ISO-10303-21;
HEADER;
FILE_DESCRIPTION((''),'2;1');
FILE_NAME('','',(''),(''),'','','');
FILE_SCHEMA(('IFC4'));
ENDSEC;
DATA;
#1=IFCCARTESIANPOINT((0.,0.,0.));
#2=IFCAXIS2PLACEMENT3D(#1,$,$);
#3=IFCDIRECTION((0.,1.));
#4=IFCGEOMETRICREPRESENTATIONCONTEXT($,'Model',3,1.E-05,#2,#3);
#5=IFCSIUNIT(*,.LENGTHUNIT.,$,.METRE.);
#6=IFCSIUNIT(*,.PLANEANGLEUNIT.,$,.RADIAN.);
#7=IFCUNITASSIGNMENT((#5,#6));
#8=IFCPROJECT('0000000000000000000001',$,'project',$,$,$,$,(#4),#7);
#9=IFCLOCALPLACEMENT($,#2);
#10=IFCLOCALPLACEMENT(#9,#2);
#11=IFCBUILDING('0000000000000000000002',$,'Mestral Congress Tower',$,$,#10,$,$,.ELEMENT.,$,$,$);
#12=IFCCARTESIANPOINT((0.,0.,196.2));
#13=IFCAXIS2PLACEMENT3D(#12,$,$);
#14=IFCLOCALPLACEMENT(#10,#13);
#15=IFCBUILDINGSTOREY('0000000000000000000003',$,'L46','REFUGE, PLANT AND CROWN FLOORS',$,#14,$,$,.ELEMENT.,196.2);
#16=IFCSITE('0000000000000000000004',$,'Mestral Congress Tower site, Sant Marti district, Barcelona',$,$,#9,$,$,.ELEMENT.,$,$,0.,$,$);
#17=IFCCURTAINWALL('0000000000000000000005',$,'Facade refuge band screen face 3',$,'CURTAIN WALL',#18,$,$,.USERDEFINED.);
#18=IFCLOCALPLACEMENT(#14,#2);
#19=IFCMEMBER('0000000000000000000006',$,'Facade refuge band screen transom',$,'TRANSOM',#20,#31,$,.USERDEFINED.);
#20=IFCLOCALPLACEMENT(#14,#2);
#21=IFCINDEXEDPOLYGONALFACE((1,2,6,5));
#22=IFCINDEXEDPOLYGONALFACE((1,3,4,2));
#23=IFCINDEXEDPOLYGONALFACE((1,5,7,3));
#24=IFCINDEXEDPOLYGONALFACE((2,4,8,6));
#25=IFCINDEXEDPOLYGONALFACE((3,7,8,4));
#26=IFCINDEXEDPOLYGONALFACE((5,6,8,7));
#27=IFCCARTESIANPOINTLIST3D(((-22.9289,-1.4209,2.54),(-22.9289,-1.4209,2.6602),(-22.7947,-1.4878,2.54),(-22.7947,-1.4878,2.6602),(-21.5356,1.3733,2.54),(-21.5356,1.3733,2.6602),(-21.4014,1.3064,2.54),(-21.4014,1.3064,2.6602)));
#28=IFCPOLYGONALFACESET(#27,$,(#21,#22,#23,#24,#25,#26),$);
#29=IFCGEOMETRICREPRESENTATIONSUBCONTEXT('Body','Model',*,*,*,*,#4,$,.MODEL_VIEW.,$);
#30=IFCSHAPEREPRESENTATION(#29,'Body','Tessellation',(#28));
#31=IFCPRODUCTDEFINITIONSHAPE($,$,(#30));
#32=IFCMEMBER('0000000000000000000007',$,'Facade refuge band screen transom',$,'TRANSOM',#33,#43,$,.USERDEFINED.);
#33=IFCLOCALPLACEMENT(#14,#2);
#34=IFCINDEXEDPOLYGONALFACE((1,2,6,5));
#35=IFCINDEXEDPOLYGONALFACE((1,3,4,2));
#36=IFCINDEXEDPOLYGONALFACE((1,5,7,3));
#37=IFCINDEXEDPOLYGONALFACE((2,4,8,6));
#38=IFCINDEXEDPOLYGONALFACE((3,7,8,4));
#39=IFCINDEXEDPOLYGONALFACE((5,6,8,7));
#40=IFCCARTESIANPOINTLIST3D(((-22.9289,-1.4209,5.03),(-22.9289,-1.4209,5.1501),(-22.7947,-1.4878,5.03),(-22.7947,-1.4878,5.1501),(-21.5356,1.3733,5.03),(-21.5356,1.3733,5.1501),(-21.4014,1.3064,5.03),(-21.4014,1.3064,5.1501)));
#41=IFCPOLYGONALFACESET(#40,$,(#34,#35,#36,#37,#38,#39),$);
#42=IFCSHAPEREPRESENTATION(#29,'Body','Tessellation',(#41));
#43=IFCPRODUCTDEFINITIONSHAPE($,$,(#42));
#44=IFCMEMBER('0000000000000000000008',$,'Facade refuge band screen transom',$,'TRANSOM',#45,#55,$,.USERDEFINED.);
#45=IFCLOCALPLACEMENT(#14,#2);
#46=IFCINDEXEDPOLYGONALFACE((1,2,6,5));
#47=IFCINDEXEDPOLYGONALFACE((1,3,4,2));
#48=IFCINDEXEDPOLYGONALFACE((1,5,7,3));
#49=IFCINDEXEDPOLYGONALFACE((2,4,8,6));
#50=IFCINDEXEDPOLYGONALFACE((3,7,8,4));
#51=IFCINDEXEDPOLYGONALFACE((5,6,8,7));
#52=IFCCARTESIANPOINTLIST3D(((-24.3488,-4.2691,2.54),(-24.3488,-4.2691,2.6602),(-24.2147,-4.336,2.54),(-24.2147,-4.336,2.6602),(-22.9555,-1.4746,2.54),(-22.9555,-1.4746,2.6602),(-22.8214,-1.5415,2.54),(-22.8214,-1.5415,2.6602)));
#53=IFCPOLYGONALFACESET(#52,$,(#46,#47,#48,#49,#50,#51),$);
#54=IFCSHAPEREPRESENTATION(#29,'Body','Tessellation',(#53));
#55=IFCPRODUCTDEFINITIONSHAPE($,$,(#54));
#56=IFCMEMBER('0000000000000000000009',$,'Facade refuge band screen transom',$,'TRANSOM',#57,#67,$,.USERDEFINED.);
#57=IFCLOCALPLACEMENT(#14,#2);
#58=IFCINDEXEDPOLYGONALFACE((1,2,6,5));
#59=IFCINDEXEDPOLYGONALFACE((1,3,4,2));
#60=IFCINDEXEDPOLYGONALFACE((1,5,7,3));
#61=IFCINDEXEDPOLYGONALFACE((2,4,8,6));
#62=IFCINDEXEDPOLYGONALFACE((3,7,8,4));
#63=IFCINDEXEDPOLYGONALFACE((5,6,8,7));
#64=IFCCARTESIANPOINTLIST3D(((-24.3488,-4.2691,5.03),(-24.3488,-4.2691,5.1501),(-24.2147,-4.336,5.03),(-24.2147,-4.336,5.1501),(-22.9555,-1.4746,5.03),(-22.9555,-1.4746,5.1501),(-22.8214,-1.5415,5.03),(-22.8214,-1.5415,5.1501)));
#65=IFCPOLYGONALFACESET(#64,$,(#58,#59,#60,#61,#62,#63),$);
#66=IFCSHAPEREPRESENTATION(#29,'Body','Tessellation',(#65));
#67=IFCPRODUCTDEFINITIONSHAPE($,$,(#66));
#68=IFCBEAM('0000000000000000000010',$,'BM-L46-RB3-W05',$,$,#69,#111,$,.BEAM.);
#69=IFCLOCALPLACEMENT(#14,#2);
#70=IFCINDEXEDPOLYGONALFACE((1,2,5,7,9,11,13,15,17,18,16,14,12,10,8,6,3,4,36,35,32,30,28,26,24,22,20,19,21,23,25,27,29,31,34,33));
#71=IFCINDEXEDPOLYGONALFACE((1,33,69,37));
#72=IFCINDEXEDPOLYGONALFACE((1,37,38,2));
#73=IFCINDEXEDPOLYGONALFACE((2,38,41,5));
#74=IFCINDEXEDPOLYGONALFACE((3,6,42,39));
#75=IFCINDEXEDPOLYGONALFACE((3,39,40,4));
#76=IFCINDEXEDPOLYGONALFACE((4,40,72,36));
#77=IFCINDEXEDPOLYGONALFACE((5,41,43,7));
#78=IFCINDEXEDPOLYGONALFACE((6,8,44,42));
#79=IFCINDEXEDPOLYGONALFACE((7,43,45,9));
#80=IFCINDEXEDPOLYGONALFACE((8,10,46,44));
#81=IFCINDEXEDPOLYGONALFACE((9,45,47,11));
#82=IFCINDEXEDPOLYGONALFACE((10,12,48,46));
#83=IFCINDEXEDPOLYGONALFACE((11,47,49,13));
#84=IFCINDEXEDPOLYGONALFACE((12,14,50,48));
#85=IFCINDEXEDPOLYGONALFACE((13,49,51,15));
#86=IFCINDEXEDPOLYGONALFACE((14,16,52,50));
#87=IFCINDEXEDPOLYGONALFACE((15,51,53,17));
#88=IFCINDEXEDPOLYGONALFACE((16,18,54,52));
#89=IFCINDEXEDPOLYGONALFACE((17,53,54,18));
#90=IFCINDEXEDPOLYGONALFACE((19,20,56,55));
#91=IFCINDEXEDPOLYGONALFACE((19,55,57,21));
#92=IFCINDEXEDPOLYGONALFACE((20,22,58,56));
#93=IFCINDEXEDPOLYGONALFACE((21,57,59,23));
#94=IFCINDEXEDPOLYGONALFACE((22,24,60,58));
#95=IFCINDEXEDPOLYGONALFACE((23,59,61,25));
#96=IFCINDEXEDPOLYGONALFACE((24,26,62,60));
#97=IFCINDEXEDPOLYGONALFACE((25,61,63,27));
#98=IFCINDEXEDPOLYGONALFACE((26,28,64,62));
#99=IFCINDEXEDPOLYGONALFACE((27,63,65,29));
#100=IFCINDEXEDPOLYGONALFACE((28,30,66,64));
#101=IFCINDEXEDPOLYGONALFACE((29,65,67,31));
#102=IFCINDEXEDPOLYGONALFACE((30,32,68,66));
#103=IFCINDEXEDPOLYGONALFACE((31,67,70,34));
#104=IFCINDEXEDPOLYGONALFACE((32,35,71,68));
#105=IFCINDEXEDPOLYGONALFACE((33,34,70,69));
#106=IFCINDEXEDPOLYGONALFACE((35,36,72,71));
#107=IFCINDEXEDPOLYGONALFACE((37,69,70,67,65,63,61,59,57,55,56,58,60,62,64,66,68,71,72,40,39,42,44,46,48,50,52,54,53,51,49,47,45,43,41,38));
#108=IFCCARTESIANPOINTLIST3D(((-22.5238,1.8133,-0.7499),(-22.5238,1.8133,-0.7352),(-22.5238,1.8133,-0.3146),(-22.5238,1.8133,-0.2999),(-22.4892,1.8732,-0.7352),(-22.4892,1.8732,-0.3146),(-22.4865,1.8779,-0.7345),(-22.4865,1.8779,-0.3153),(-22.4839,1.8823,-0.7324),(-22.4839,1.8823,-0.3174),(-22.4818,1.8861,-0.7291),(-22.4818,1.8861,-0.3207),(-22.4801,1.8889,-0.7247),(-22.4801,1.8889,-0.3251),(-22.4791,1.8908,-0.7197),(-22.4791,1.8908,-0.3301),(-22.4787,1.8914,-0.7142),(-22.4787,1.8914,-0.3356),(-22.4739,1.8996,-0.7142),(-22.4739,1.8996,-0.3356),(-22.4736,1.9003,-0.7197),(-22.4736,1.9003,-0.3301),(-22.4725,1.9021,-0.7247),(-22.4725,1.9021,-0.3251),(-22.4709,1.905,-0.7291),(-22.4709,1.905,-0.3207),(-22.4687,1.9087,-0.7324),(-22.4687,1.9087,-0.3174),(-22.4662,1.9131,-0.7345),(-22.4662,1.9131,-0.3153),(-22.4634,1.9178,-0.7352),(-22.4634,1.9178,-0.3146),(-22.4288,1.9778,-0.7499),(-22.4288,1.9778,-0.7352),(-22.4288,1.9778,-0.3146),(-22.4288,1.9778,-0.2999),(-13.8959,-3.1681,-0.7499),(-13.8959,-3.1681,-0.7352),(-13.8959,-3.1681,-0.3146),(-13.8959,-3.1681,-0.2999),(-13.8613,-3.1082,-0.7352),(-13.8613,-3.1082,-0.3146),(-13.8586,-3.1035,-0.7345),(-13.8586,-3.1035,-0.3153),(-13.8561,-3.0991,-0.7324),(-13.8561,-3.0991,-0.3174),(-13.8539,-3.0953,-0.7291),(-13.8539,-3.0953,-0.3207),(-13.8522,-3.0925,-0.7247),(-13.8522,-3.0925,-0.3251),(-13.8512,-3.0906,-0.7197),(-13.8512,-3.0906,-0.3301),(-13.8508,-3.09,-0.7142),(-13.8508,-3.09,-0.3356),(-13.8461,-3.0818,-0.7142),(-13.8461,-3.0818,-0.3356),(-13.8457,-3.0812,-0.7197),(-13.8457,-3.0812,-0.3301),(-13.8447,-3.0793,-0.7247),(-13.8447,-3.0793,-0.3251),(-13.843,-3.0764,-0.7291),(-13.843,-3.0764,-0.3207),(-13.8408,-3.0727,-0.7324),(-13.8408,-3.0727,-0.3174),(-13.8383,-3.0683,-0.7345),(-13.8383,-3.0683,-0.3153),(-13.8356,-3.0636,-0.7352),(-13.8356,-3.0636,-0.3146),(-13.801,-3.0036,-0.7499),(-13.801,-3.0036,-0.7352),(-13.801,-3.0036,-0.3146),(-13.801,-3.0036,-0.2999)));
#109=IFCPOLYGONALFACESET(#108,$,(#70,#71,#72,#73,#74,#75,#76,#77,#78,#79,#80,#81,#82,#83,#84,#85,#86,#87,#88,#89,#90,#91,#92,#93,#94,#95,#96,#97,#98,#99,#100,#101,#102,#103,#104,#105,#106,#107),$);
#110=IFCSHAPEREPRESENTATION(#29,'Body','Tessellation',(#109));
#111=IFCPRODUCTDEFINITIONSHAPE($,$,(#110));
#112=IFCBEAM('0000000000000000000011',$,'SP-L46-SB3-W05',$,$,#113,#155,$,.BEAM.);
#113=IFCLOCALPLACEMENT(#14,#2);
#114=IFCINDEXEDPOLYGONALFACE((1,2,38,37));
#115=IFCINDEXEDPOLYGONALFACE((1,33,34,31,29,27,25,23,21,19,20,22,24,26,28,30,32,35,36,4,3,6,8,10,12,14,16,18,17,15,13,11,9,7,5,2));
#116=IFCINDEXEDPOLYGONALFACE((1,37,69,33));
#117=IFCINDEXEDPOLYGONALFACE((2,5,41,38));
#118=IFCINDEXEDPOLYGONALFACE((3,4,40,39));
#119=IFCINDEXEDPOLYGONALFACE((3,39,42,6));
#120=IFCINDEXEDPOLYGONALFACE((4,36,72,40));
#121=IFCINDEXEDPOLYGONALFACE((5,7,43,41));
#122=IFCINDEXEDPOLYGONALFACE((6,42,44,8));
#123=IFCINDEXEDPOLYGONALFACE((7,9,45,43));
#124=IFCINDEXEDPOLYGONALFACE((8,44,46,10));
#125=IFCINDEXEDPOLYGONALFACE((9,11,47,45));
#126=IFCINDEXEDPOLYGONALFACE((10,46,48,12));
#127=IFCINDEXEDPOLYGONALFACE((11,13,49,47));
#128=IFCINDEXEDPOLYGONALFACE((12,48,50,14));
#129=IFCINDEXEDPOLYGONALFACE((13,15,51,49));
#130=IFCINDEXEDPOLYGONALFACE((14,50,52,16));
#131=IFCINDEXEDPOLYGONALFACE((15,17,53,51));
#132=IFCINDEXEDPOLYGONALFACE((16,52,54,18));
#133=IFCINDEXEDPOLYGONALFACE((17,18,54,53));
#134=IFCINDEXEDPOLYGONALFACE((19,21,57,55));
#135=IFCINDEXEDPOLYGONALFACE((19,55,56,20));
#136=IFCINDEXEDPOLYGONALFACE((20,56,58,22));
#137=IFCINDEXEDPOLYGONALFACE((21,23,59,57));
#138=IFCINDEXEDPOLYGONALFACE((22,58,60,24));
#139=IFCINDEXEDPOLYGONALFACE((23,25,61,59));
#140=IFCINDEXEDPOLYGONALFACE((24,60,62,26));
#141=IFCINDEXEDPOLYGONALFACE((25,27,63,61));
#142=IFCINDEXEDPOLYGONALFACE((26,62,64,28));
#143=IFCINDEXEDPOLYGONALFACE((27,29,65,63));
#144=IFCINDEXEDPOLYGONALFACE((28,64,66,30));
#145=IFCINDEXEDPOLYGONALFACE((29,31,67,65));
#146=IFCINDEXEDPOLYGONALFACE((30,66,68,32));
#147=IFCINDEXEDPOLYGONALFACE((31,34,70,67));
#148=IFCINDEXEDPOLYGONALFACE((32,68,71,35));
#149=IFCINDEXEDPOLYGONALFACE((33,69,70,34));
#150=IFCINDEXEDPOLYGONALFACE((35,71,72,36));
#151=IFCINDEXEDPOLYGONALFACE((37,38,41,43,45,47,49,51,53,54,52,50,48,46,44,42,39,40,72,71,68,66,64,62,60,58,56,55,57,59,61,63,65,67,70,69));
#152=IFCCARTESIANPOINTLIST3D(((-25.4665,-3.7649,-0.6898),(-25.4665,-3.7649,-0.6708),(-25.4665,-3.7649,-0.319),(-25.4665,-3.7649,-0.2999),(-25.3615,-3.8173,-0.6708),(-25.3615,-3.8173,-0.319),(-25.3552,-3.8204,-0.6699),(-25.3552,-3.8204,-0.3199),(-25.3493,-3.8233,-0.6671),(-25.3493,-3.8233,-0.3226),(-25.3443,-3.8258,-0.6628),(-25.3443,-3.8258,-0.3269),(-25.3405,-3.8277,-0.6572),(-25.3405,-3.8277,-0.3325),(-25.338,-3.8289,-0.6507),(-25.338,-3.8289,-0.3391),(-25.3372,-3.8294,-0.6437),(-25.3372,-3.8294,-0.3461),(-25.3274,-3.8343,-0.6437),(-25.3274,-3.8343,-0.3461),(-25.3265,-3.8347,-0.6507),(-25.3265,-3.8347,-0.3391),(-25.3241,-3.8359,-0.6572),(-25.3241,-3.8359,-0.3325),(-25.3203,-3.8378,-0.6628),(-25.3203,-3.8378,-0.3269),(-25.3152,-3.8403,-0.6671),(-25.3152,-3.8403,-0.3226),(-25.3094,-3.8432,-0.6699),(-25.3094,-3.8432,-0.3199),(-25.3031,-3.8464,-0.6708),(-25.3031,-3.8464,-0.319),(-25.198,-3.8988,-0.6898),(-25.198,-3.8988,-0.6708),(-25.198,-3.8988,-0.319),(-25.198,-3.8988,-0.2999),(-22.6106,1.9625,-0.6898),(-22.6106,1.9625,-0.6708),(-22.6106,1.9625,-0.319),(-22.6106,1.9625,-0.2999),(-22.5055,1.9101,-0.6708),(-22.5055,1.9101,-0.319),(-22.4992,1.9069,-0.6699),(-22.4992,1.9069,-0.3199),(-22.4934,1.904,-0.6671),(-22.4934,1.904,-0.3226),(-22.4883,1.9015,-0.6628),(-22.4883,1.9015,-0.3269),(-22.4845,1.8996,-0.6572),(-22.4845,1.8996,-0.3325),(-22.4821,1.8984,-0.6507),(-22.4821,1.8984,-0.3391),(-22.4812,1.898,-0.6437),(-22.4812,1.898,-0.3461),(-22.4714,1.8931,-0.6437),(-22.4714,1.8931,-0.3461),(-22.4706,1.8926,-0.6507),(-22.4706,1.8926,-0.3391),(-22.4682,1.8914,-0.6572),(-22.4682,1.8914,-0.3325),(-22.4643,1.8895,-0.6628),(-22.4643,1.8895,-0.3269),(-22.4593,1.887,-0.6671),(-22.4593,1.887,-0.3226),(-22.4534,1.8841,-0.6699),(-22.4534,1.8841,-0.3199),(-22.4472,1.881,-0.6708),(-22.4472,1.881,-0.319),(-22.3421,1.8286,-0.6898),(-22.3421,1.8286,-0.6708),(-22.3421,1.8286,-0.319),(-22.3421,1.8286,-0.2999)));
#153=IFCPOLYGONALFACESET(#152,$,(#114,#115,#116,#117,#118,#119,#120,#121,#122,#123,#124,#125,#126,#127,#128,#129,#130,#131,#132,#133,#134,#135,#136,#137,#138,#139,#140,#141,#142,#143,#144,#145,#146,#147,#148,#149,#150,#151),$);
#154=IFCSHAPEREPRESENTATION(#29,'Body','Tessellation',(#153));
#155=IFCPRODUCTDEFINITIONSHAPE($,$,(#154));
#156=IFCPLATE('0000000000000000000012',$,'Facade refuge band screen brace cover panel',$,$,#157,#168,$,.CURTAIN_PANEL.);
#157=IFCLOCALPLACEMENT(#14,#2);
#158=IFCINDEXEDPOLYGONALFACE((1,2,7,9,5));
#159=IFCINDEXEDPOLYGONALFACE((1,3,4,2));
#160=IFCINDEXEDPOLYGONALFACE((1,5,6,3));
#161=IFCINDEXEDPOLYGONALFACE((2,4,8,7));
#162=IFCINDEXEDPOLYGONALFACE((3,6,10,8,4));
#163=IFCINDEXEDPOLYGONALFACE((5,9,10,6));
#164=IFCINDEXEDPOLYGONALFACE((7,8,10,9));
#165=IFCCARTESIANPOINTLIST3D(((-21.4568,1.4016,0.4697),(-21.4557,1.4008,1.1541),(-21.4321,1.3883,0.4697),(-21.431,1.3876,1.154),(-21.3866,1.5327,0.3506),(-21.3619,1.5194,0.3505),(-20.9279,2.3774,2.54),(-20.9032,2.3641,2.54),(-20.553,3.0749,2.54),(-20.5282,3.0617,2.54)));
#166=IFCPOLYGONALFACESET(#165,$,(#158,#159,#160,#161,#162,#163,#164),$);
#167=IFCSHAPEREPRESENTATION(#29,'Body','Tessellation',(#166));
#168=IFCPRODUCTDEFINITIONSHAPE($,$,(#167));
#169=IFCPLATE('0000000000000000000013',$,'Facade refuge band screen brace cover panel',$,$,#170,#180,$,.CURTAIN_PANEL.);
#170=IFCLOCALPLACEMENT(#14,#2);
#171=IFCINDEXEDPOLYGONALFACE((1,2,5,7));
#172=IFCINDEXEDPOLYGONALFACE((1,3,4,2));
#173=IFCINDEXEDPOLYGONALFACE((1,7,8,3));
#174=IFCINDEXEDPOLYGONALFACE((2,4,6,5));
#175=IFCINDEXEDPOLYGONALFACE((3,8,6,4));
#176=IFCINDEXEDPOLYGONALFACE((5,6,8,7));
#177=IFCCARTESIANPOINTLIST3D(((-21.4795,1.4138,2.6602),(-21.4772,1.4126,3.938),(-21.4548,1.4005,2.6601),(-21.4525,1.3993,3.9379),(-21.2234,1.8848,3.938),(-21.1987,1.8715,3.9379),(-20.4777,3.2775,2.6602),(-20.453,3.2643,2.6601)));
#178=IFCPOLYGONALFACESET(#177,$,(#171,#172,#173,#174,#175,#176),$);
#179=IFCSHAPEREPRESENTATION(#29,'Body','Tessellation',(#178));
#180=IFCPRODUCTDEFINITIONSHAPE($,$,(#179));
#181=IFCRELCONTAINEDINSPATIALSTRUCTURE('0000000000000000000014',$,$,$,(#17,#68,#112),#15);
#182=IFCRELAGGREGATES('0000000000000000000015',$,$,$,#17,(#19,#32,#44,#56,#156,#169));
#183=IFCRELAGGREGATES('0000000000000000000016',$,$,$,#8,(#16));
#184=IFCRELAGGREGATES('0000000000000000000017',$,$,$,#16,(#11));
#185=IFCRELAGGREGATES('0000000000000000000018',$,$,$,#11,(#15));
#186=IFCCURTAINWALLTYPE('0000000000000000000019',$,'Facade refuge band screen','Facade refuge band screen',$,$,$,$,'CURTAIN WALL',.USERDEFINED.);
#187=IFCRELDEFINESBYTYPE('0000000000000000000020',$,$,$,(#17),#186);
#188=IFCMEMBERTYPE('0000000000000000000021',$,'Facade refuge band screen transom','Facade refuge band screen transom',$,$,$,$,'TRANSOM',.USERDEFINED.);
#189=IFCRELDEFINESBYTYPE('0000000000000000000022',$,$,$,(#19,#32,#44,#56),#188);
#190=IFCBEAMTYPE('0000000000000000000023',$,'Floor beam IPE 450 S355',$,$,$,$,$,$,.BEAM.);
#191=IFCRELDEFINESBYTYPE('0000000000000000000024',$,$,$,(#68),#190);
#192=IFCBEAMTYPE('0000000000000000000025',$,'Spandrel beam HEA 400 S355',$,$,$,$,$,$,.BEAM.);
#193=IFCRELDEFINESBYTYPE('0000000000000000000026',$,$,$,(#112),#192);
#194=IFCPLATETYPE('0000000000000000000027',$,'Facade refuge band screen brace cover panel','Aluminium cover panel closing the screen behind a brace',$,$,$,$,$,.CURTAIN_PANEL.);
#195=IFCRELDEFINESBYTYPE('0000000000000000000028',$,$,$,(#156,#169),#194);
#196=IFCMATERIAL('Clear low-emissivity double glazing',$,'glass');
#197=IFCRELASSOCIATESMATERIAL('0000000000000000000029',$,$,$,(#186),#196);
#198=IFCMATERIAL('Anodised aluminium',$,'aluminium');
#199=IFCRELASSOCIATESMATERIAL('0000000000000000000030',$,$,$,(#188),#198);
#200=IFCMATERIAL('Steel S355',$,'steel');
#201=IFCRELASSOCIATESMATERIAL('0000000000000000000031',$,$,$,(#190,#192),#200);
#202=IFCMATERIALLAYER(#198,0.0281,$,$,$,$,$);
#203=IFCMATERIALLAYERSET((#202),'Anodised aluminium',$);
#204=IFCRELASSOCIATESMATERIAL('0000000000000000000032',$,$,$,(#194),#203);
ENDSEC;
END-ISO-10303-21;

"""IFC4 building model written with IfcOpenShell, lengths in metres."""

from ifc_helpers import new_model, si_unit, direction, frame, origin, origin_2d, place, context, subcontext, project, spatial, polyline, rectangle, i_section, outline, extrude, material, layer, layer_set, material_profile, profile_set, type_object, element, aggregate, save


model = new_model("IFC4")

# Units and contexts
model_context = context("Model", 3, precision=1e-05, world=origin(), true_north=direction((0.0, 1.0)))
body_context = subcontext(model_context, "Body", "Model", "MODEL_VIEW")
ifc_project = project(units=[si_unit("LENGTHUNIT", "METRE"), si_unit("PLANEANGLEUNIT", "RADIAN")], contexts=[model_context])

# Site, building, storey
site_placement = place(None, origin())
site = spatial("IfcSite", under=ifc_project, at=site_placement, Name="Mestral Congress Tower site, Sant Marti district, Barcelona", CompositionType="ELEMENT", RefElevation=0.0)
building_placement = place(site_placement, origin())
building = spatial("IfcBuilding", under=site, at=building_placement, Name="Mestral Congress Tower", CompositionType="ELEMENT")
storey_placement = place(building_placement, frame((0.0, 0.0, 196.2)))
storey = spatial("IfcBuildingStorey", under=building, at=storey_placement, Name="L46", Description="REFUGE, PLANT AND CROWN FLOORS", CompositionType="ELEMENT", Elevation=196.2)

# Shared definitions
ifc_material_1 = material(Name="Steel S355", Category="steel")

# Curtain wall, members
ifc_material_2 = material(Name="Clear low-emissivity double glazing", Category="glass")
curtain_wall_type = type_object("IfcCurtainWallType", Name="Facade refuge band screen", Description="Facade refuge band screen", ElementType="CURTAIN WALL", PredefinedType="USERDEFINED", material=ifc_material_2)
curtain_wall_placement = place(storey_placement, origin())
curtain_wall = element("IfcCurtainWall", 1, at=curtain_wall_placement, inside=storey, type_object=curtain_wall_type, Name="Facade refuge band screen face 3", ObjectType="CURTAIN WALL", PredefinedType="USERDEFINED")
ifc_material_3 = material(Name="Anodised aluminium", Category="aluminium")
ifc_material_profile_1 = material_profile(ifc_material_3, rectangle(XDim=0.1499, YDim=0.1201, at=origin_2d()), Name="CW3 transom 150 x 120")
ifc_profile_set_1 = profile_set([ifc_material_profile_1], Name="Anodised aluminium")
member_type_1 = type_object("IfcMemberType", Name="Facade refuge band screen transom", Description="Facade refuge band screen transom", ElementType="TRANSOM", PredefinedType="USERDEFINED", material=ifc_profile_set_1)
member_1_placement = place(storey_placement, frame((-21.4685, 1.3398, 2.6001), z_axis=(-0.446244, -0.894911, 0.0), x_axis=(0.894911, -0.446244, 0.0)))
member_1 = element("IfcMember", 2, at=member_1_placement, type_object=member_type_1, Name="Facade refuge band screen transom", ObjectType="TRANSOM", PredefinedType="USERDEFINED", context=body_context, shape_type="SweptSolid", body=[
    extrude(rectangle(XDim=0.1499, YDim=0.1201, at=origin_2d()), origin(), (0.0, 0.0, 1.0), 3.1223),
])
member_2_placement = place(storey_placement, frame((-21.4685, 1.3398, 5.0901), z_axis=(-0.446244, -0.894911, 0.0), x_axis=(0.894911, -0.446244, 0.0)))
member_2 = element("IfcMember", 3, at=member_2_placement, type_object=member_type_1, Name="Facade refuge band screen transom", ObjectType="TRANSOM", PredefinedType="USERDEFINED", context=body_context, shape_type="SweptSolid", body=[
    extrude(rectangle(XDim=0.1499, YDim=0.1201, at=origin_2d()), origin(), (0.0, 0.0, 1.0), 3.1223),
])
member_3_placement = place(storey_placement, frame((-22.8884, -1.5081, 2.6001), z_axis=(-0.446213, -0.894927, 0.0), x_axis=(0.894927, -0.446213, 0.0)))
member_3 = element("IfcMember", 4, at=member_3_placement, type_object=member_type_1, Name="Facade refuge band screen transom", ObjectType="TRANSOM", PredefinedType="USERDEFINED", context=body_context, shape_type="SweptSolid", body=[
    extrude(rectangle(XDim=0.1499, YDim=0.1201, at=origin_2d()), origin(), (0.0, 0.0, 1.0), 3.1226),
])
member_4_placement = place(storey_placement, frame((-22.8884, -1.5081, 5.0901), z_axis=(-0.446213, -0.894927, 0.0), x_axis=(0.894927, -0.446213, 0.0)))
member_4 = element("IfcMember", 5, at=member_4_placement, type_object=member_type_1, Name="Facade refuge band screen transom", ObjectType="TRANSOM", PredefinedType="USERDEFINED", context=body_context, shape_type="SweptSolid", body=[
    extrude(rectangle(XDim=0.1499, YDim=0.1201, at=origin_2d()), origin(), (0.0, 0.0, 1.0), 3.1226),
])

# Beams
ifc_material_profile_2 = material_profile(ifc_material_1, i_section(OverallWidth=0.1899, OverallDepth=0.45, WebThickness=0.0095, FlangeThickness=0.0146, FilletRadius=0.021, at=origin_2d()), Name="IPE 450")
ifc_profile_set_2 = profile_set([ifc_material_profile_2], Name="Steel S355")
beam_type_1 = type_object("IfcBeamType", Name="Floor beam IPE 450 S355", PredefinedType="BEAM", material=ifc_profile_set_2)
beam_1_placement = place(storey_placement, frame((-22.4763, 1.8955, -0.5249), z_axis=(0.866021, -0.500008, 0.0), x_axis=(0.500008, 0.866021, 0.0)))
element("IfcBeam", 6, at=beam_1_placement, inside=storey, type_object=beam_type_1, Name="BM-L46-RB3-W05", PredefinedType="BEAM", context=body_context, shape_type="SweptSolid", body=[
    extrude(i_section(OverallWidth=0.1899, OverallDepth=0.45, WebThickness=0.0095, FlangeThickness=0.0146, FilletRadius=0.021, at=origin_2d()), origin(), (0.0, 0.0, 1.0), 9.9626),
])
ifc_material_profile_3 = material_profile(ifc_material_1, i_section(OverallWidth=0.3, OverallDepth=0.3899, WebThickness=0.011, FlangeThickness=0.019, FilletRadius=0.0271, at=origin_2d()), Name="HEA 400")
ifc_profile_set_3 = profile_set([ifc_material_profile_3], Name="Steel S355")
beam_type_2 = type_object("IfcBeamType", Name="Spandrel beam HEA 400 S355", PredefinedType="BEAM", material=ifc_profile_set_3)
beam_2_placement = place(storey_placement, frame((-22.4763, 1.8955, -0.4949), z_axis=(-0.446252, -0.894907, 0.0), x_axis=(0.894907, -0.446252, 0.0)))
element("IfcBeam", 7, at=beam_2_placement, inside=storey, type_object=beam_type_2, Name="SP-L46-SB3-W05", PredefinedType="BEAM", context=body_context, shape_type="SweptSolid", body=[
    extrude(i_section(OverallWidth=0.3, OverallDepth=0.3899, WebThickness=0.011, FlangeThickness=0.019, FilletRadius=0.0271, at=origin_2d()), origin(), (0.0, 0.0, 1.0), 6.3999),
])

# Plates
ifc_layer_1 = layer(ifc_material_3, 0.0281)
ifc_layer_set_1 = layer_set([ifc_layer_1], Name="Anodised aluminium")
plate_type_1 = type_object("IfcPlateType", Name="Facade refuge band screen brace cover panel", Description="Aluminium cover panel closing the screen behind a brace", PredefinedType="CURTAIN_PANEL", material=ifc_layer_set_1)
plate_1_placement = place(storey_placement, frame((-21.4568, 1.4016, 0.4697), z_axis=(-0.880825, 0.473438, 0.001874), x_axis=(0.368396, 0.687871, -0.625395)))
plate_1 = element("IfcPlate", 8, at=plate_1_placement, type_object=plate_type_1, Name="Facade refuge band screen brace cover panel", PredefinedType="CURTAIN_PANEL", context=body_context, shape_type="SweptSolid", body=[
    extrude(outline(polyline([(0.0, 0.0), (0.1905, 0.0), (0.1892, -2.8049), (-0.4287, -2.3096), (-0.4281, -0.5339), (0.0, 0.0)])), origin(), (0.0, 0.0, -1.0), 0.0281),
])
plate_2_placement = place(storey_placement, frame((-21.4795, 1.4138, 2.6602), z_axis=(-0.880815, 0.473456, 0.00204), x_axis=(0.473457, 0.880817, 0.0)))
plate_2 = element("IfcPlate", 9, at=plate_2_placement, type_object=plate_type_1, Name="Facade refuge band screen brace cover panel", PredefinedType="CURTAIN_PANEL", context=body_context, shape_type="SweptSolid", body=[
    extrude(outline(polyline([(0.0, 0.0), (2.1159, 0.0), (0.5361, -1.2778), (0.0, -1.2778), (0.0, 0.0)])), origin(), (0.0, 0.0, -1.0), 0.0281),
])
aggregate(curtain_wall, [member_1, member_2, member_3, member_4, plate_1, plate_2])

save(model, "model.ifc")
